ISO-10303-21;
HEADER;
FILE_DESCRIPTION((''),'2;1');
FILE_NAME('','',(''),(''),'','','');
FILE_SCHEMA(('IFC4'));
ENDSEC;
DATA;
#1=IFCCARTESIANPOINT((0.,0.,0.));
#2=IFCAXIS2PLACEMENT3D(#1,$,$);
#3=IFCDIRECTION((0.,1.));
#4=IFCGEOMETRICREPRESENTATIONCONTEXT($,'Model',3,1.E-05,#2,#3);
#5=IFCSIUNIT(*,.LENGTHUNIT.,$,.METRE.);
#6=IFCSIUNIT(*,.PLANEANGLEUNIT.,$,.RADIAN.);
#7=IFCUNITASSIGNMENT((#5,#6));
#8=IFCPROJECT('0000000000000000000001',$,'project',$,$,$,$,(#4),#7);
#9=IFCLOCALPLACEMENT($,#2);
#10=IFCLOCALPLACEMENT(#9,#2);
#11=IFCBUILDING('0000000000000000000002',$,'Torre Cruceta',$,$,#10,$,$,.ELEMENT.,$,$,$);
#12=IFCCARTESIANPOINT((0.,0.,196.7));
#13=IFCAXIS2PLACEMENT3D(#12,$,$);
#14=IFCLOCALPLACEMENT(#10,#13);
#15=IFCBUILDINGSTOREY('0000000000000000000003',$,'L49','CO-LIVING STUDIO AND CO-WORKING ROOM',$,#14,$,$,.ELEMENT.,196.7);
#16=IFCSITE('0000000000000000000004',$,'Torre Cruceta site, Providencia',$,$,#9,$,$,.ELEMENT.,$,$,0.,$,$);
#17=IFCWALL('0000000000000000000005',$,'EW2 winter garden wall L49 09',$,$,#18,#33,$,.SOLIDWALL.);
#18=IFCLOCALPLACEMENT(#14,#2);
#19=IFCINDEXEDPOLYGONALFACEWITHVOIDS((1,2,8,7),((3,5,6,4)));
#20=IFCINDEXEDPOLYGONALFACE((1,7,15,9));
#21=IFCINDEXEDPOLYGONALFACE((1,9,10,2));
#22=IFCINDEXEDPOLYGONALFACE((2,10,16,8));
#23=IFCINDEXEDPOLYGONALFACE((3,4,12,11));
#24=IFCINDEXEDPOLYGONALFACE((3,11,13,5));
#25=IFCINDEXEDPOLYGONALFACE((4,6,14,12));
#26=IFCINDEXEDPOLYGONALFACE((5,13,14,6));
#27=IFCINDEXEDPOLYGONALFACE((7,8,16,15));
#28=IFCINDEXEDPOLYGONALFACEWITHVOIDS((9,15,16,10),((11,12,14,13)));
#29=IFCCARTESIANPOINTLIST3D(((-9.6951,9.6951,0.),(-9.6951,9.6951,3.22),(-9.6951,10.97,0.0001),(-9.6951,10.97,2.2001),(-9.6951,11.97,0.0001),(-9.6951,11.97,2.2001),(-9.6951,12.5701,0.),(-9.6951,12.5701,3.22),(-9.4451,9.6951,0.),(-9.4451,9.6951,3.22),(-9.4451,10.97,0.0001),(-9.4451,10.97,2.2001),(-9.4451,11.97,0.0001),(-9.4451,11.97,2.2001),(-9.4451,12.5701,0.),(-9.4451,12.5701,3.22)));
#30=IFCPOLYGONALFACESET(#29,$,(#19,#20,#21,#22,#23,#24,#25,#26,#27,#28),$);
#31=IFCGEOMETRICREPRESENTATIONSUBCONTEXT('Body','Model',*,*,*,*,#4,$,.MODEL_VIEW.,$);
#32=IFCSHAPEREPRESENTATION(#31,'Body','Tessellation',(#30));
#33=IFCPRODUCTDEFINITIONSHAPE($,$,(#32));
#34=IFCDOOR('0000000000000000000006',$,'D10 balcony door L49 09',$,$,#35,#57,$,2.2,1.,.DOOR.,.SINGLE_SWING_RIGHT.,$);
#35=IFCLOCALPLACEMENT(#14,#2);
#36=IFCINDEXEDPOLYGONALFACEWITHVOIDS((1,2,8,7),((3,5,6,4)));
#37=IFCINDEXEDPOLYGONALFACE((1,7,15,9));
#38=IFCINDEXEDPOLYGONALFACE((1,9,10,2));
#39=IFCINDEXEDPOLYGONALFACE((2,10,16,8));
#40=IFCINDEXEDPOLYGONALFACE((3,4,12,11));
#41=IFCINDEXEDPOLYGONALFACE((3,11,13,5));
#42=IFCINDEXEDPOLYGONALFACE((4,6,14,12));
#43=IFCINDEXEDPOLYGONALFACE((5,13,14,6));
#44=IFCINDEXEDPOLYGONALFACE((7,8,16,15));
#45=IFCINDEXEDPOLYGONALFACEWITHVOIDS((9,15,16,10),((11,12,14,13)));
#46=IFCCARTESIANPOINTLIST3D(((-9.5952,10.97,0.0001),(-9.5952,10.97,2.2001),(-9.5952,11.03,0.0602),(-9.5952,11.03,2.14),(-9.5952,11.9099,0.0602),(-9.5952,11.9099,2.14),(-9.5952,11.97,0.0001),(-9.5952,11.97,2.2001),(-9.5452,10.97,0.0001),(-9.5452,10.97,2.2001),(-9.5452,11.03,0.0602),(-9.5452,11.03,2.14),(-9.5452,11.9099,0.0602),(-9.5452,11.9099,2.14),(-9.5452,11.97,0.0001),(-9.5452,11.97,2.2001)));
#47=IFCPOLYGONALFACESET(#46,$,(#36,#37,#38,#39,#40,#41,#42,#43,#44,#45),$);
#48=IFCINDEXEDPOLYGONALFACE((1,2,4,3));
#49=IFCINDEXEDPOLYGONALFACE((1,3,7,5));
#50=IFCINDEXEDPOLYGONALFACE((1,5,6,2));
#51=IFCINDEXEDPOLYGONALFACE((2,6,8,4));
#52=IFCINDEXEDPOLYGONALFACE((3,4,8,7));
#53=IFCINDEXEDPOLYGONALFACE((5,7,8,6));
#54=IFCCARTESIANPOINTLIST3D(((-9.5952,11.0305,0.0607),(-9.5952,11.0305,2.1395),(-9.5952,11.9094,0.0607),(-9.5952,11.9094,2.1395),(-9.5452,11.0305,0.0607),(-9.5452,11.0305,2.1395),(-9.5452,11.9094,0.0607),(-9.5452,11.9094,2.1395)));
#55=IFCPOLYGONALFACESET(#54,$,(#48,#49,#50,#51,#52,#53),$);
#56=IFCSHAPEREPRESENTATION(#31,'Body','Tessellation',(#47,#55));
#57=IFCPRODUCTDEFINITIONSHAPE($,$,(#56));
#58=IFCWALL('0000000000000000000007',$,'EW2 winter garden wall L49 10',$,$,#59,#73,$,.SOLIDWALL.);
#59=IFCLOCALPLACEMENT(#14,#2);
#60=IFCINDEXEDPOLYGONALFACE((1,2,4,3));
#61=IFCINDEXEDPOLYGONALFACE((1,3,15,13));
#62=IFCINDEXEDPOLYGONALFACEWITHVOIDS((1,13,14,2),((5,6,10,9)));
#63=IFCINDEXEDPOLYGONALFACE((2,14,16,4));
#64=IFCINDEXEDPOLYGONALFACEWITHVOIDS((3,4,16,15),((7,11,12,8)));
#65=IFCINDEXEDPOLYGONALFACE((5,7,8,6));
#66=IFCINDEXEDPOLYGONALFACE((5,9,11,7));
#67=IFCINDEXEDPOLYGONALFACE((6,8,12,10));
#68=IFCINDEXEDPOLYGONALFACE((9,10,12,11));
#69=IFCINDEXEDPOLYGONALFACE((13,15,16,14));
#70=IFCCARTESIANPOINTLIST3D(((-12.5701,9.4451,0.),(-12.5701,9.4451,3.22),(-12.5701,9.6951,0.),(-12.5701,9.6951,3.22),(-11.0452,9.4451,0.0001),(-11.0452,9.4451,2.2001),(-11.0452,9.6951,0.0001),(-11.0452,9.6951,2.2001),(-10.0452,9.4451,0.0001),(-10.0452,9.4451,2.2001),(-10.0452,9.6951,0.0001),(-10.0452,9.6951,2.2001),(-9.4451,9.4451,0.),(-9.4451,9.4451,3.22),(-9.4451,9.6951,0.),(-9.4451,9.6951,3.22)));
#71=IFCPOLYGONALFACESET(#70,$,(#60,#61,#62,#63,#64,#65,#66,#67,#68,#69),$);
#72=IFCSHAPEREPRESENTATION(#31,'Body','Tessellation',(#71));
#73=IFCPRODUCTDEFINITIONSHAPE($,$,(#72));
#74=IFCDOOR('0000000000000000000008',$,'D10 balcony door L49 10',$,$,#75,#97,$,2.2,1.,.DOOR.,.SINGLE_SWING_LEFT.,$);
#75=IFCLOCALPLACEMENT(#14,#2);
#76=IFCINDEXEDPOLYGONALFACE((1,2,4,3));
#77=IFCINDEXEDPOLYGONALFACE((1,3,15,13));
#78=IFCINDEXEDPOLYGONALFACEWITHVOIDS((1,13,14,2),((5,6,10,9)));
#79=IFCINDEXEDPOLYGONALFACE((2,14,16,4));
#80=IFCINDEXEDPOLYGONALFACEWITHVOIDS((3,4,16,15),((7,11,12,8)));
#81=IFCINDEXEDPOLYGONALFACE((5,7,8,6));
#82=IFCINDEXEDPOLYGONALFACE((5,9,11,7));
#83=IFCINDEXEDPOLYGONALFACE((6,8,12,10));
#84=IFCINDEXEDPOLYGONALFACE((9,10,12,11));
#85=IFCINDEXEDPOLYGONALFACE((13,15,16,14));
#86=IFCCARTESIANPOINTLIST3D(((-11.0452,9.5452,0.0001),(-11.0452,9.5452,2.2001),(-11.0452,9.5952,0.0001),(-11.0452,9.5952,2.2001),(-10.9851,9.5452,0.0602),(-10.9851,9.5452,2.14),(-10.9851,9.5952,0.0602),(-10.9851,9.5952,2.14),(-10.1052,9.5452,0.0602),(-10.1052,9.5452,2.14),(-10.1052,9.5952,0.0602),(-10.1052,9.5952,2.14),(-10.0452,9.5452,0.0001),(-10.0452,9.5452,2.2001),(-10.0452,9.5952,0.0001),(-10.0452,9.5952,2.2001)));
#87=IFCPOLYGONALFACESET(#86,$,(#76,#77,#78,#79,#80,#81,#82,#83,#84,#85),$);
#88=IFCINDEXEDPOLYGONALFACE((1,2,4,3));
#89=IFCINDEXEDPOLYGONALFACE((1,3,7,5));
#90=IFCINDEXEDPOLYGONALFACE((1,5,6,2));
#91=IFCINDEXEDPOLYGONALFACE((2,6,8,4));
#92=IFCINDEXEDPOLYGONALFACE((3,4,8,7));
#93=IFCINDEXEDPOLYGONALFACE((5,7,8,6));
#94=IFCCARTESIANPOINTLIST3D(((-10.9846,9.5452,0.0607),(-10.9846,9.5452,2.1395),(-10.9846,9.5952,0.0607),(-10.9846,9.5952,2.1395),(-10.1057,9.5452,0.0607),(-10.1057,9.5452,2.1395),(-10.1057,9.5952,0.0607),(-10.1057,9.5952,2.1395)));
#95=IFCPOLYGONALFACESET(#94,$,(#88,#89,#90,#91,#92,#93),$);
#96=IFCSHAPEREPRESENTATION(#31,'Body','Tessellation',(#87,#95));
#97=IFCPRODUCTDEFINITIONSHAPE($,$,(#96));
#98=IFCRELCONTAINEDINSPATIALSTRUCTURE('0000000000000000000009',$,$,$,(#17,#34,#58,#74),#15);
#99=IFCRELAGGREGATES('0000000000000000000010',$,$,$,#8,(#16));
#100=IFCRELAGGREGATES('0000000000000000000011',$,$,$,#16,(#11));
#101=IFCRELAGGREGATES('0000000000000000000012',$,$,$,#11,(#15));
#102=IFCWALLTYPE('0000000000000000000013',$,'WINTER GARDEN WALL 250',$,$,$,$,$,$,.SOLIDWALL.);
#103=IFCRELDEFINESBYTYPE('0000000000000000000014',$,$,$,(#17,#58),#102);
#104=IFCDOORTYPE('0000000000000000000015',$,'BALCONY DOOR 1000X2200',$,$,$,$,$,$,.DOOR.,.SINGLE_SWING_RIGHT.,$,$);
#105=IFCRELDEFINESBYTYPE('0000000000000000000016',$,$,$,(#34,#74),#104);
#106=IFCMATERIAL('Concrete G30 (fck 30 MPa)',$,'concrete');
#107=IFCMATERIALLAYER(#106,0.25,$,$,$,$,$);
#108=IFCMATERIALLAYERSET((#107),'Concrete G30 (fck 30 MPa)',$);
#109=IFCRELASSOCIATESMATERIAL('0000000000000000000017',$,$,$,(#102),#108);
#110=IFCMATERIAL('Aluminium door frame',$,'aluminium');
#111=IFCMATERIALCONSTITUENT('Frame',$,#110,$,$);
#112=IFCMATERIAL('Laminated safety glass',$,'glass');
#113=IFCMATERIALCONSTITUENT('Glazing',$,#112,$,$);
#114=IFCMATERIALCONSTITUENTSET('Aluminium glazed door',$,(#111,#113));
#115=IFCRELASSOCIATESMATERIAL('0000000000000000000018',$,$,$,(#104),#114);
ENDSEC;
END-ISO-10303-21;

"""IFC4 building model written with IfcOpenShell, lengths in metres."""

from ifc_helpers import new_model, si_unit, direction, frame, frame_2d, origin, place, context, subcontext, project, spatial, rectangle, hollow_rectangle, extrude, material, layer, layer_set, constituent, constituent_set, type_object, element, fill, save


model = new_model("IFC4")

# Units and contexts
model_context = context("Model", 3, precision=1e-05, world=origin(), true_north=direction((0.0, 1.0)))
body_context = subcontext(model_context, "Body", "Model", "MODEL_VIEW")
ifc_project = project(units=[si_unit("LENGTHUNIT", "METRE"), si_unit("PLANEANGLEUNIT", "RADIAN")], contexts=[model_context])

# Site, building, storey
site_placement = place(None, origin())
site = spatial("IfcSite", under=ifc_project, at=site_placement, Name="Torre Cruceta site, Providencia", CompositionType="ELEMENT", RefElevation=0.0)
building_placement = place(site_placement, origin())
building = spatial("IfcBuilding", under=site, at=building_placement, Name="Torre Cruceta", CompositionType="ELEMENT")
storey_placement = place(building_placement, frame((0.0, 0.0, 196.7)))
storey = spatial("IfcBuildingStorey", under=building, at=storey_placement, Name="L49", Description="CO-LIVING STUDIO AND CO-WORKING ROOM", CompositionType="ELEMENT", Elevation=196.7)

# Walls, openings, doors
ifc_material_1 = material(Name="Concrete G30 (fck 30 MPa)", Category="concrete")
ifc_layer_1 = layer(ifc_material_1, 0.25)
ifc_layer_set_1 = layer_set([ifc_layer_1], Name="Concrete G30 (fck 30 MPa)")
wall_type_1 = type_object("IfcWallType", Name="WINTER GARDEN WALL 250", PredefinedType="SOLIDWALL", material=ifc_layer_set_1)
wall_1_placement = place(storey_placement, frame((-9.5701, 12.5701, 0.0), z_axis=(0.0, 0.0, 1.0), x_axis=(0.0, -1.0, 0.0)))
wall_1 = element("IfcWall", 1, at=wall_1_placement, inside=storey, type_object=wall_type_1, Name="EW2 winter garden wall L49 09", PredefinedType="SOLIDWALL", context=body_context, shape_type="SweptSolid", body=[
    extrude(rectangle(XDim=2.875, YDim=0.25, at=frame_2d((1.4375, 0.0))), origin(), (0.0, 0.0, 1.0), 3.22),
])
opening_1_placement = place(wall_1_placement, frame((0.6001, 0.0, 0.0)))
opening_1 = element("IfcOpeningElement", 2, at=opening_1_placement, cuts=wall_1, PredefinedType="OPENING", context=body_context, shape_type="SweptSolid", body=[
    extrude(rectangle(XDim=1.0, YDim=2.2, at=frame_2d((0.5, 1.1001))), frame((0.0, 0.135, 0.0), z_axis=(0.0, -1.0, 0.0), x_axis=(1.0, 0.0, 0.0)), (0.0, 0.0, 1.0), 0.27),
])
ifc_material_2 = material(Name="Aluminium door frame", Category="aluminium")
ifc_constituent_1 = constituent(ifc_material_2, Name="Frame")
ifc_material_3 = material(Name="Laminated safety glass", Category="glass")
ifc_constituent_2 = constituent(ifc_material_3, Name="Glazing")
ifc_constituent_set_1 = constituent_set(constituents=[ifc_constituent_1, ifc_constituent_2], Name="Aluminium glazed door")
door_type_1 = type_object("IfcDoorType", Name="BALCONY DOOR 1000X2200", OperationType="SINGLE_SWING_RIGHT", PredefinedType="DOOR", material=ifc_constituent_set_1)
door_1_placement = place(opening_1_placement, origin())
door_1 = element("IfcDoor", 3, at=door_1_placement, inside=storey, type_object=door_type_1, Name="D10 balcony door L49 09", OperationType="SINGLE_SWING_RIGHT", OverallHeight=2.2, OverallWidth=1.0, PredefinedType="DOOR", context=body_context, shape_type="SweptSolid", body=[
    extrude(hollow_rectangle(XDim=1.0, YDim=2.2, WallThickness=0.0601, at=frame_2d((0.5, 1.1001))), frame((0.0, 0.0249, 0.0), z_axis=(0.0, -1.0, 0.0), x_axis=(1.0, 0.0, 0.0)), (0.0, 0.0, 1.0), 0.05),
    extrude(rectangle(XDim=0.8789, YDim=2.0789, at=frame_2d((0.5, 1.1001))), frame((0.0, 0.0249, 0.0), z_axis=(0.0, -1.0, 0.0), x_axis=(1.0, 0.0, 0.0)), (0.0, 0.0, 1.0), 0.05),
])
fill(opening_1, door_1)
wall_2_placement = place(storey_placement, frame((-9.4451, 9.5701, 0.0), z_axis=(0.0, 0.0, 1.0), x_axis=(-1.0, 0.0, 0.0)))
wall_2 = element("IfcWall", 4, at=wall_2_placement, inside=storey, type_object=wall_type_1, Name="EW2 winter garden wall L49 10", PredefinedType="SOLIDWALL", context=body_context, shape_type="SweptSolid", body=[
    extrude(rectangle(XDim=3.125, YDim=0.25, at=frame_2d((1.5625, 0.0))), origin(), (0.0, 0.0, 1.0), 3.22),
])
opening_2_placement = place(wall_2_placement, frame((0.6001, 0.0, 0.0)))
opening_2 = element("IfcOpeningElement", 5, at=opening_2_placement, cuts=wall_2, PredefinedType="OPENING", context=body_context, shape_type="SweptSolid", body=[
    extrude(rectangle(XDim=1.0, YDim=2.2, at=frame_2d((0.5, 1.1001))), frame((0.0, 0.135, 0.0), z_axis=(0.0, -1.0, 0.0), x_axis=(1.0, 0.0, 0.0)), (0.0, 0.0, 1.0), 0.27),
])
door_2_placement = place(opening_2_placement, origin())
door_2 = element("IfcDoor", 6, at=door_2_placement, inside=storey, type_object=door_type_1, Name="D10 balcony door L49 10", OperationType="SINGLE_SWING_LEFT", OverallHeight=2.2, OverallWidth=1.0, PredefinedType="DOOR", context=body_context, shape_type="SweptSolid", body=[
    extrude(hollow_rectangle(XDim=1.0, YDim=2.2, WallThickness=0.0601, at=frame_2d((0.5, 1.1001))), frame((0.0, 0.0249, 0.0), z_axis=(0.0, -1.0, 0.0), x_axis=(1.0, 0.0, 0.0)), (0.0, 0.0, 1.0), 0.05),
    extrude(rectangle(XDim=0.8789, YDim=2.0789, at=frame_2d((0.5, 1.1001))), frame((0.0, 0.0249, 0.0), z_axis=(0.0, -1.0, 0.0), x_axis=(1.0, 0.0, 0.0)), (0.0, 0.0, 1.0), 0.05),
])
fill(opening_2, door_2)

save(model, "model.ifc")
